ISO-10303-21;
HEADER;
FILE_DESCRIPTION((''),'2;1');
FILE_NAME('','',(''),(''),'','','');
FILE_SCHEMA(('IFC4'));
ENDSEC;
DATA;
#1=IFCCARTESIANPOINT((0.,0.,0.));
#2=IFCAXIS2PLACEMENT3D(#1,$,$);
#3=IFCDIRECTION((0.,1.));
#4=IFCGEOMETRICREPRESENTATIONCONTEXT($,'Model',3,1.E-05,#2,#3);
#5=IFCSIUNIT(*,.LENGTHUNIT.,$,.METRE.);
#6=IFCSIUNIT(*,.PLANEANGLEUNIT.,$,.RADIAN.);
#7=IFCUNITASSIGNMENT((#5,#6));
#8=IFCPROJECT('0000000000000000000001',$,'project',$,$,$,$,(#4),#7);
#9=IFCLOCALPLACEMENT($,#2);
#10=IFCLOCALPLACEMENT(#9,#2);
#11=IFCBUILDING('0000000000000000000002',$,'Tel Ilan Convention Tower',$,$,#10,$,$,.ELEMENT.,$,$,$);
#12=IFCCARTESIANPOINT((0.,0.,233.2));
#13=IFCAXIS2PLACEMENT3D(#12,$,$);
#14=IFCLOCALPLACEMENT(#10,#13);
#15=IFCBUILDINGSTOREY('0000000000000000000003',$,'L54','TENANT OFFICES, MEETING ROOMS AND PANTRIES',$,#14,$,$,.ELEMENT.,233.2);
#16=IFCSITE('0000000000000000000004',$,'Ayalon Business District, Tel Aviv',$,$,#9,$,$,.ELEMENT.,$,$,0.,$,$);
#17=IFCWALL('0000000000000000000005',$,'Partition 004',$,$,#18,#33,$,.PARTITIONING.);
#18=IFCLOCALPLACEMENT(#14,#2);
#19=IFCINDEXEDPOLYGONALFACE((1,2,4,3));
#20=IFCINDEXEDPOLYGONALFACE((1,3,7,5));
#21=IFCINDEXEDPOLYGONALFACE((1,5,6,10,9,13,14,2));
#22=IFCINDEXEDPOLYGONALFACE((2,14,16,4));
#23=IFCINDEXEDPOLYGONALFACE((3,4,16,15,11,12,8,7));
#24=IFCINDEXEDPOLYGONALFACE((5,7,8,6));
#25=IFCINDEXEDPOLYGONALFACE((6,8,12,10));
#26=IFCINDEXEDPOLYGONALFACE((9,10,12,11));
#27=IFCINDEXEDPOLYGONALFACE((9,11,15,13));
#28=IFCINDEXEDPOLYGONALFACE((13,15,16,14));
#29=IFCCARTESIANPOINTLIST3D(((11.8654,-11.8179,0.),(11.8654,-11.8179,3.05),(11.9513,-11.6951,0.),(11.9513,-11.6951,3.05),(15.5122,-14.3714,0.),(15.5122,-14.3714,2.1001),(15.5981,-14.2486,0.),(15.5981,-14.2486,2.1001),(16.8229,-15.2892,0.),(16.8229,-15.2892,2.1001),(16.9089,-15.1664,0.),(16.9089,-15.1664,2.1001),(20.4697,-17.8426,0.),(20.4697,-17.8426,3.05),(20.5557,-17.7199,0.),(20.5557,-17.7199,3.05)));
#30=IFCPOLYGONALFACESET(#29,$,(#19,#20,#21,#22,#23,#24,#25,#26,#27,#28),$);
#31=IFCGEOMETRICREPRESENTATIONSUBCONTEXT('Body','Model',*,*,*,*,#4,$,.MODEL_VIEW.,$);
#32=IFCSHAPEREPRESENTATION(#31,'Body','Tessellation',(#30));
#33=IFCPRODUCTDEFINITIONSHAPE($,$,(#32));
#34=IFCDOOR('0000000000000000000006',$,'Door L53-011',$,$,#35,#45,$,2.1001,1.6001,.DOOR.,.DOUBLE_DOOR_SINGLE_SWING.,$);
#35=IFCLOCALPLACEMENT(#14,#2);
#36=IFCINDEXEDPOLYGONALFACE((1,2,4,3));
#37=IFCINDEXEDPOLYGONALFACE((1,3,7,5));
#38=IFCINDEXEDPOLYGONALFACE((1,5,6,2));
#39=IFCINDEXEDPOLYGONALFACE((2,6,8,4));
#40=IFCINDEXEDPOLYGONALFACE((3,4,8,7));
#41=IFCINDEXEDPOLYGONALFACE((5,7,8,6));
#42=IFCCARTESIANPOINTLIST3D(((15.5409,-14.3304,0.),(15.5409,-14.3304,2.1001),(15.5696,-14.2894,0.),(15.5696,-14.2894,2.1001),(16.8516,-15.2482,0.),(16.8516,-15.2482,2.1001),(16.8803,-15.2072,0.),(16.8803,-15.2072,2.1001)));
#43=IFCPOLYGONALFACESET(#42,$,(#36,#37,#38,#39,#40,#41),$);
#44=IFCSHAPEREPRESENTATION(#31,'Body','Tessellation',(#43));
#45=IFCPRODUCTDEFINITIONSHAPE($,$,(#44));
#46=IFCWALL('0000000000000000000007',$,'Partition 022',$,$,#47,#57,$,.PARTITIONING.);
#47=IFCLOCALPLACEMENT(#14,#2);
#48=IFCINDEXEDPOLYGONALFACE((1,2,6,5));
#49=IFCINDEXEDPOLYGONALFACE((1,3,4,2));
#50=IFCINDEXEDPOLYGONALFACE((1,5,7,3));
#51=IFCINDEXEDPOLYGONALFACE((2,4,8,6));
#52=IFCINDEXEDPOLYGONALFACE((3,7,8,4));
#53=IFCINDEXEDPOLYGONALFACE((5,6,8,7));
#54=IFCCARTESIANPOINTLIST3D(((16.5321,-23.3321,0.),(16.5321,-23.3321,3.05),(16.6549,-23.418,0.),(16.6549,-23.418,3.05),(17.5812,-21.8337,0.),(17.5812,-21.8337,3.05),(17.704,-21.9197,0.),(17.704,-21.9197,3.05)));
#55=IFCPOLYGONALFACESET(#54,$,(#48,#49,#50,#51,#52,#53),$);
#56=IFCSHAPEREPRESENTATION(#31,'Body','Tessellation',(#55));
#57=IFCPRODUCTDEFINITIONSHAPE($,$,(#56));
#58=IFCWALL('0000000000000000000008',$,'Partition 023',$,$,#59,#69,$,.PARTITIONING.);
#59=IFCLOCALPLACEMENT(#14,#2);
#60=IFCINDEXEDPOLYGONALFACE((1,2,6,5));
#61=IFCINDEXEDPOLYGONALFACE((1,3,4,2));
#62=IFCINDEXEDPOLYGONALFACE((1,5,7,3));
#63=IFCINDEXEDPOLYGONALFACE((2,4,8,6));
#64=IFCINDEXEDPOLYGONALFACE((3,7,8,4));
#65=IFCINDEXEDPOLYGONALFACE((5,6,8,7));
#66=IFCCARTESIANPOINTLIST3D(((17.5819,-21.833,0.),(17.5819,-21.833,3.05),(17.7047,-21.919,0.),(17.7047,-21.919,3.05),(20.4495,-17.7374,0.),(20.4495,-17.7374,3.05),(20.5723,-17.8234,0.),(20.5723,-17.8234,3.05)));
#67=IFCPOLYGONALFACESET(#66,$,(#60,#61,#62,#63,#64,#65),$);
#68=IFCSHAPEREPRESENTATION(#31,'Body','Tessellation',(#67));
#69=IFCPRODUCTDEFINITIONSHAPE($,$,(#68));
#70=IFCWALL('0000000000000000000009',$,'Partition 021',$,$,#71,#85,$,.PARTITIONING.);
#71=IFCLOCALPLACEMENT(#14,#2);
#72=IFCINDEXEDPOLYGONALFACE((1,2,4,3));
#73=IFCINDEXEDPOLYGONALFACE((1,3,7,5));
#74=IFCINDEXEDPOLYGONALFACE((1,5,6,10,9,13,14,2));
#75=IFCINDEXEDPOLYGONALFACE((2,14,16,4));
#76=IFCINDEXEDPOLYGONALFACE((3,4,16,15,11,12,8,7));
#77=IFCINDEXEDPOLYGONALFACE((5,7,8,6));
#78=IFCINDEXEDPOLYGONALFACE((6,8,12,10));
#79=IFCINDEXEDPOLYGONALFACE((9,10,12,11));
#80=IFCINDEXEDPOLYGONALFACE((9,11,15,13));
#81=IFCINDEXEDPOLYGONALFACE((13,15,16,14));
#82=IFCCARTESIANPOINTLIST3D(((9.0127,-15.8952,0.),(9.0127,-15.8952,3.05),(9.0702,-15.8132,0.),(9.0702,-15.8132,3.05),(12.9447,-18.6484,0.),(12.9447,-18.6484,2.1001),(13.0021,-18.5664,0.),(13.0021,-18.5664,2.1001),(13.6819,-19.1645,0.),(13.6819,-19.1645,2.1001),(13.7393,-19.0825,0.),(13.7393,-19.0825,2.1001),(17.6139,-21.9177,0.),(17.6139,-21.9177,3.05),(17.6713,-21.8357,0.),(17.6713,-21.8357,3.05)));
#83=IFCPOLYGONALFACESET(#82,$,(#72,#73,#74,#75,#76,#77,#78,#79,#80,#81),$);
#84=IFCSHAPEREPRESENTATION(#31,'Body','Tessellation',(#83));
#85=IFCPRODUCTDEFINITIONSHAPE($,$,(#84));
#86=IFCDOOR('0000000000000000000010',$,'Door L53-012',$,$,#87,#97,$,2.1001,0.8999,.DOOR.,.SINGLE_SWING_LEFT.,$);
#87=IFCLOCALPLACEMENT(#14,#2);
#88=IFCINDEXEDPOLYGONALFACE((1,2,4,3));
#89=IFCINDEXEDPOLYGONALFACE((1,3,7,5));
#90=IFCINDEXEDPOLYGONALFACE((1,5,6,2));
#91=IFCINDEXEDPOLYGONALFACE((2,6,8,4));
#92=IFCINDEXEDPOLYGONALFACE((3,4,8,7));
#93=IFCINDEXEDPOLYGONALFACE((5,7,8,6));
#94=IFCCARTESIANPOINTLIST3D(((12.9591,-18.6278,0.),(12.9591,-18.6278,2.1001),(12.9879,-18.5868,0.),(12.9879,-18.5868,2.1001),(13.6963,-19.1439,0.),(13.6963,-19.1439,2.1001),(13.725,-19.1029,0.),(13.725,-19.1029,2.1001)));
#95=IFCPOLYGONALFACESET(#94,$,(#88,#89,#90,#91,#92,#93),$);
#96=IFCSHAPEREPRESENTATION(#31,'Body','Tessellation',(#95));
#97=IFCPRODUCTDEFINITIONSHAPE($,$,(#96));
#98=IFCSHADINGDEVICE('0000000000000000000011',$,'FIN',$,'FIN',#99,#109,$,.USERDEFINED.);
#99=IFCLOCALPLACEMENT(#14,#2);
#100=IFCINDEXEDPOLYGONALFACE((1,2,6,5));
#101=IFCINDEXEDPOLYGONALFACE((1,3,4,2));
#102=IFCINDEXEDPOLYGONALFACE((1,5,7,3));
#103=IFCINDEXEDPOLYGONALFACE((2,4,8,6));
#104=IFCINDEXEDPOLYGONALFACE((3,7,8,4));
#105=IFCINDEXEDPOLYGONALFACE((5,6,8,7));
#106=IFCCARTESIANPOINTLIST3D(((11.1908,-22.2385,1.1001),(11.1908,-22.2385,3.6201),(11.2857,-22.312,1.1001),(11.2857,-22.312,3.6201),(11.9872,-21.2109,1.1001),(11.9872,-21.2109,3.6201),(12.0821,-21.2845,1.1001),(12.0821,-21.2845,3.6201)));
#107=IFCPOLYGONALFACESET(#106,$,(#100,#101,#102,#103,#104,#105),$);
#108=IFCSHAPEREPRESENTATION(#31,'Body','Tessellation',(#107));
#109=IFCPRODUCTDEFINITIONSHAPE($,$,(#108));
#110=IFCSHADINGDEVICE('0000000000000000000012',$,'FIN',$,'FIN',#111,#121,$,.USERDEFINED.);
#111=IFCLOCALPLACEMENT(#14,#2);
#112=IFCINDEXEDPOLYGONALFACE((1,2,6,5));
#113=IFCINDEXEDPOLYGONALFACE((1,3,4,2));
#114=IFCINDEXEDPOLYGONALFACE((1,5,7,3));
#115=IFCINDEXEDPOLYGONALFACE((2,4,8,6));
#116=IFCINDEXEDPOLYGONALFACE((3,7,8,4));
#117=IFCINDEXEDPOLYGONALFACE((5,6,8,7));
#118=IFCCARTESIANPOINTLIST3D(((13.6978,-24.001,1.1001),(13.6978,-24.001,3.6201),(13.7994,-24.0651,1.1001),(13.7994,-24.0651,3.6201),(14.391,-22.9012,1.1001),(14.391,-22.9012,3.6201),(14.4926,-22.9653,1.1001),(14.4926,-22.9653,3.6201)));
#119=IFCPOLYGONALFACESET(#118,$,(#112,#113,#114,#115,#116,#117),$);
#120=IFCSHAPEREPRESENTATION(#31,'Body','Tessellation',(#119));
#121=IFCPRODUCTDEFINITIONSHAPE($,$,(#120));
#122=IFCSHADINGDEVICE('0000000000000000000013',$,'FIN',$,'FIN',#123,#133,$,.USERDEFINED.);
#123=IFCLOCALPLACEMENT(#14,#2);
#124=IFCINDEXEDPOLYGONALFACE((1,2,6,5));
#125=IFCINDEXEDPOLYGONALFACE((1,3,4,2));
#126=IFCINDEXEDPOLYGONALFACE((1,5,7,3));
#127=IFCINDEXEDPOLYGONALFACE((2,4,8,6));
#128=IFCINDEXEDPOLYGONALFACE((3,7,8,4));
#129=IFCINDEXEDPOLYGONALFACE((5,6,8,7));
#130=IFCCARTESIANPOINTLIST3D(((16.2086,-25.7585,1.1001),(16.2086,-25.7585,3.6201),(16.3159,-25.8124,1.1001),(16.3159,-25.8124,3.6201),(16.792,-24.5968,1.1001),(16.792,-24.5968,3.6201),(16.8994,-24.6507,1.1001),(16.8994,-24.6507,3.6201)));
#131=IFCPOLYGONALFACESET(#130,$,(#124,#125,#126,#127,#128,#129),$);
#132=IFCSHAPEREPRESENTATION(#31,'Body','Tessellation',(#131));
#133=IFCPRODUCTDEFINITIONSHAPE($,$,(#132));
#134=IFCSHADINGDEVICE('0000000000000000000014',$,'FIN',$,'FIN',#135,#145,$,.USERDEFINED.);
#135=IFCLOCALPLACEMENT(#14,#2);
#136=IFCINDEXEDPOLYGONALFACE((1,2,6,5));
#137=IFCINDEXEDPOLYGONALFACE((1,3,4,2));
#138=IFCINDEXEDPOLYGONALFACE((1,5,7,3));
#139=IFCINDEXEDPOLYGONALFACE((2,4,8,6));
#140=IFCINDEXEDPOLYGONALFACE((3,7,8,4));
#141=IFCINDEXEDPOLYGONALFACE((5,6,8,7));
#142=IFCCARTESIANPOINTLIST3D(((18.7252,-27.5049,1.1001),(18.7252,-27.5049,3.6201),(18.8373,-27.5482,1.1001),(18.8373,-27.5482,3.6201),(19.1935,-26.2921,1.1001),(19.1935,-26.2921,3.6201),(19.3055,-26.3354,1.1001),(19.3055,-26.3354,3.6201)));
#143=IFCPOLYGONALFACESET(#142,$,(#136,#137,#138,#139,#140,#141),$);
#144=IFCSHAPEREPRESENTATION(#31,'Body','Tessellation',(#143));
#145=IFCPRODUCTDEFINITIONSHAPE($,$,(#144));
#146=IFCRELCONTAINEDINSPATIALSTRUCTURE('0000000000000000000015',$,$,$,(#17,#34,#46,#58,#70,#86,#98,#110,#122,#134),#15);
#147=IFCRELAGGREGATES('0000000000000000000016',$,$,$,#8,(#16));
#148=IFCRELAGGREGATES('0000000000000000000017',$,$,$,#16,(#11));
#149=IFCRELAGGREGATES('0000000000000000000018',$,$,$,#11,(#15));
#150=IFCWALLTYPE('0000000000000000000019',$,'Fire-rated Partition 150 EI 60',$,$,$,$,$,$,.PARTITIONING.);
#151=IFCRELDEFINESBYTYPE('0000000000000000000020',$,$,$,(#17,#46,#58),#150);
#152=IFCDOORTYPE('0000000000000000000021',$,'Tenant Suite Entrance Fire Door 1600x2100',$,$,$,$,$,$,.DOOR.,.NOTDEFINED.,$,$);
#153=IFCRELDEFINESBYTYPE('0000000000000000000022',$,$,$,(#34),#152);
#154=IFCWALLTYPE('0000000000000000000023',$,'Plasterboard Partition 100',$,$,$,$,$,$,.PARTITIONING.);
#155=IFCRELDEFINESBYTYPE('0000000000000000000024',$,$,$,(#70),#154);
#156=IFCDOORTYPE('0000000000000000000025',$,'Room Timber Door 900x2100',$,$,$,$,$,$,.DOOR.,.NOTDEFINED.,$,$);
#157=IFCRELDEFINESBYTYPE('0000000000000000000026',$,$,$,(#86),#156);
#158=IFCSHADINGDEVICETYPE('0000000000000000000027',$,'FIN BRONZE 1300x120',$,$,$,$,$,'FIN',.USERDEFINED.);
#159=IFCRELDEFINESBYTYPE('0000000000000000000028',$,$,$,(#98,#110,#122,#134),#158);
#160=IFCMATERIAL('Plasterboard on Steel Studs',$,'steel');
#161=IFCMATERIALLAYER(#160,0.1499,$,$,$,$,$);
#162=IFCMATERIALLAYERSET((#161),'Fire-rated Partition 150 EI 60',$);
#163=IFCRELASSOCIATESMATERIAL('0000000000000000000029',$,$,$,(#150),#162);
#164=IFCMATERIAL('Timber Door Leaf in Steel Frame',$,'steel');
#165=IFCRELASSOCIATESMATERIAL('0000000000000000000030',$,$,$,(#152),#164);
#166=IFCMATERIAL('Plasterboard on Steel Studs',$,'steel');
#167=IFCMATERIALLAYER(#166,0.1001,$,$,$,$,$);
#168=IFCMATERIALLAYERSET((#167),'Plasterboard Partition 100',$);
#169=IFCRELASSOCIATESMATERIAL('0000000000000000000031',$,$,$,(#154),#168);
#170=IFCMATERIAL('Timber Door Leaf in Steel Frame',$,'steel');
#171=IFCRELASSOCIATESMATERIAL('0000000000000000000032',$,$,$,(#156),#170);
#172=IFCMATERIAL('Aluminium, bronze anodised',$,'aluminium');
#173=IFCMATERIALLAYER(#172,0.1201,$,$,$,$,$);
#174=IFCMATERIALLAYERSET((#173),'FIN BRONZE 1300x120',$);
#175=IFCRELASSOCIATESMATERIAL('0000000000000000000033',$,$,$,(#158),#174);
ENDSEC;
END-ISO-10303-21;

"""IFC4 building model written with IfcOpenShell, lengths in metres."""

from ifc_helpers import new_model, si_unit, direction, frame, frame_2d, origin, origin_2d, place, context, subcontext, project, spatial, rectangle, extrude, material, layer, layer_set, type_object, element, fill, save


model = new_model("IFC4")

# Units and contexts
model_context = context("Model", 3, precision=1e-05, world=origin(), true_north=direction((0.0, 1.0)))
body_context = subcontext(model_context, "Body", "Model", "MODEL_VIEW")
ifc_project = project(units=[si_unit("LENGTHUNIT", "METRE"), si_unit("PLANEANGLEUNIT", "RADIAN")], contexts=[model_context])

# Site, building, storey
site_placement = place(None, origin())
site = spatial("IfcSite", under=ifc_project, at=site_placement, Name="Ayalon Business District, Tel Aviv", CompositionType="ELEMENT", RefElevation=0.0)
building_placement = place(site_placement, origin())
building = spatial("IfcBuilding", under=site, at=building_placement, Name="Tel Ilan Convention Tower", CompositionType="ELEMENT")
storey_placement = place(building_placement, frame((0.0, 0.0, 233.2)))
storey = spatial("IfcBuildingStorey", under=building, at=storey_placement, Name="L54", Description="TENANT OFFICES, MEETING ROOMS AND PANTRIES", CompositionType="ELEMENT", Elevation=233.2)

# Wall, opening, door
ifc_material_1 = material(Name="Plasterboard on Steel Studs", Category="steel")
ifc_layer_1 = layer(ifc_material_1, 0.1499)
ifc_layer_set_1 = layer_set([ifc_layer_1], Name="Fire-rated Partition 150 EI 60")
wall_type_1 = type_object("IfcWallType", Name="Fire-rated Partition 150 EI 60", PredefinedType="PARTITIONING", material=ifc_layer_set_1)
wall_1_placement = place(storey_placement, frame((20.5127, -17.7812, 0.0), z_axis=(0.0, 0.0, 1.0), x_axis=(-0.819157, 0.57357, 0.0)))
wall_1 = element("IfcWall", 1, at=wall_1_placement, inside=storey, type_object=wall_type_1, Name="Partition 004", PredefinedType="PARTITIONING", context=body_context, shape_type="SweptSolid", body=[
    extrude(rectangle(XDim=10.5039, YDim=0.1499, at=frame_2d((5.252, 0.0))), origin(), (0.0, 0.0, 1.0), 3.05),
])
opening_1_placement = place(wall_1_placement, frame((4.4519, 0.0, 0.0)))
opening_1 = element("IfcOpeningElement", 2, at=opening_1_placement, cuts=wall_1, PredefinedType="OPENING", context=body_context, shape_type="SweptSolid", body=[
    extrude(rectangle(XDim=1.6001, YDim=2.1001, at=frame_2d((0.8, 1.05))), frame((0.0, 0.085, 0.0), z_axis=(0.0, -1.0, 0.0), x_axis=(1.0, 0.0, 0.0)), (0.0, 0.0, 1.0), 0.1699),
])
ifc_material_2 = material(Name="Timber Door Leaf in Steel Frame", Category="steel")
door_type_1 = type_object("IfcDoorType", Name="Tenant Suite Entrance Fire Door 1600x2100", OperationType="NOTDEFINED", PredefinedType="DOOR", material=ifc_material_2)
door_1_placement = place(opening_1_placement, origin())
door_1 = element("IfcDoor", 3, at=door_1_placement, inside=storey, type_object=door_type_1, Name="Door L53-011", OperationType="DOUBLE_DOOR_SINGLE_SWING", OverallHeight=2.1001, OverallWidth=1.6001, PredefinedType="DOOR", context=body_context, shape_type="SweptSolid", body=[
    extrude(rectangle(XDim=1.6001, YDim=2.1001, at=frame_2d((0.8, 1.05))), frame((0.0, 0.0249, 0.0), z_axis=(0.0, -1.0, 0.0), x_axis=(1.0, 0.0, 0.0)), (0.0, 0.0, 1.0), 0.05),
])
fill(opening_1, door_1)

# Walls
wall_2_placement = place(storey_placement, frame((17.6426, -21.8767, 0.0), z_axis=(0.0, 0.0, 1.0), x_axis=(-0.573561, -0.819163, 0.0)))
element("IfcWall", 4, at=wall_2_placement, inside=storey, type_object=wall_type_1, Name="Partition 022", PredefinedType="PARTITIONING", context=body_context, shape_type="SweptSolid", body=[
    extrude(rectangle(XDim=1.8291, YDim=0.1499, at=frame_2d((0.9146, 0.0))), origin(), (0.0, 0.0, 1.0), 3.05),
])
wall_3_placement = place(storey_placement, frame((20.511, -17.7803, 0.0), z_axis=(0.0, 0.0, 1.0), x_axis=(-0.573554, -0.819168, 0.0)))
element("IfcWall", 5, at=wall_3_placement, inside=storey, type_object=wall_type_1, Name="Partition 023", PredefinedType="PARTITIONING", context=body_context, shape_type="SweptSolid", body=[
    extrude(rectangle(XDim=4.9998, YDim=0.1499, at=frame_2d((2.5, 0.0))), origin(), (0.0, 0.0, 1.0), 3.05),
])

# Wall, opening, door
ifc_material_3 = material(Name="Plasterboard on Steel Studs", Category="steel")
ifc_layer_2 = layer(ifc_material_3, 0.1001)
ifc_layer_set_2 = layer_set([ifc_layer_2], Name="Plasterboard Partition 100")
wall_type_2 = type_object("IfcWallType", Name="Plasterboard Partition 100", PredefinedType="PARTITIONING", material=ifc_layer_set_2)
wall_4_placement = place(storey_placement, frame((17.6426, -21.8767, 0.0), z_axis=(0.0, 0.0, 1.0), x_axis=(-0.819155, 0.573572, 0.0)))
wall_4 = element("IfcWall", 6, at=wall_4_placement, inside=storey, type_object=wall_type_2, Name="Partition 021", PredefinedType="PARTITIONING", context=body_context, shape_type="SweptSolid", body=[
    extrude(rectangle(XDim=10.5, YDim=0.1001, at=frame_2d((5.25, 0.0))), origin(), (0.0, 0.0, 1.0), 3.05),
])
opening_2_placement = place(wall_4_placement, frame((4.8, 0.0, 0.0)))
opening_2 = element("IfcOpeningElement", 7, at=opening_2_placement, cuts=wall_4, PredefinedType="OPENING", context=body_context, shape_type="SweptSolid", body=[
    extrude(rectangle(XDim=0.8999, YDim=2.1001, at=frame_2d((0.45, 1.05))), frame((0.0, 0.0601, 0.0), z_axis=(0.0, -1.0, 0.0), x_axis=(1.0, 0.0, 0.0)), (0.0, 0.0, 1.0), 0.1201),
])
ifc_material_4 = material(Name="Timber Door Leaf in Steel Frame", Category="steel")
door_type_2 = type_object("IfcDoorType", Name="Room Timber Door 900x2100", OperationType="NOTDEFINED", PredefinedType="DOOR", material=ifc_material_4)
door_2_placement = place(opening_2_placement, origin())
door_2 = element("IfcDoor", 8, at=door_2_placement, inside=storey, type_object=door_type_2, Name="Door L53-012", OperationType="SINGLE_SWING_LEFT", OverallHeight=2.1001, OverallWidth=0.8999, PredefinedType="DOOR", context=body_context, shape_type="SweptSolid", body=[
    extrude(rectangle(XDim=0.8999, YDim=2.1001, at=frame_2d((0.45, 1.05))), frame((0.0, 0.0249, 0.0), z_axis=(0.0, -1.0, 0.0), x_axis=(1.0, 0.0, 0.0)), (0.0, 0.0, 1.0), 0.05),
])
fill(opening_2, door_2)

# Shading devices
ifc_material_5 = material(Name="Aluminium, bronze anodised", Category="aluminium")
ifc_layer_3 = layer(ifc_material_5, 0.1201)
ifc_layer_set_3 = layer_set([ifc_layer_3], Name="FIN BRONZE 1300x120")
shading_device_type = type_object("IfcShadingDeviceType", Name="FIN BRONZE 1300x120", ElementType="FIN", PredefinedType="USERDEFINED", material=ifc_layer_set_3)
for number, where, z_axis, x_axis, name in (
    (9, (11.6365, -21.7615, 1.1001), (0.0, 0.0, 1.0), (-0.612601, -0.790393, 0.0), "FIN"),
    (10, (14.0952, -23.4832, 1.1001), (0.0, 0.0, 1.0), (-0.533204, -0.845986, 0.0), "FIN"),
    (11, (16.554, -25.2046, 1.1001), (0.0, 0.0, 1.0), (-0.448799, -0.893633, 0.0), "FIN"),
    (12, (19.0154, -26.9202, 1.1001), (0.0, 0.0, 1.0), (-0.360178, -0.932884, 0.0), "FIN"),
):
    element("IfcShadingDevice", number, at=place(storey_placement, frame(where, z_axis=z_axis, x_axis=x_axis)), inside=storey, type_object=shading_device_type, Name=name, ObjectType="FIN", PredefinedType="USERDEFINED", context=body_context, shape_type="SweptSolid", body=[
        extrude(rectangle(XDim=1.3, YDim=0.1201, at=origin_2d()), origin(), (0.0, 0.0, 1.0), 2.52),
    ])

save(model, "model.ifc")
